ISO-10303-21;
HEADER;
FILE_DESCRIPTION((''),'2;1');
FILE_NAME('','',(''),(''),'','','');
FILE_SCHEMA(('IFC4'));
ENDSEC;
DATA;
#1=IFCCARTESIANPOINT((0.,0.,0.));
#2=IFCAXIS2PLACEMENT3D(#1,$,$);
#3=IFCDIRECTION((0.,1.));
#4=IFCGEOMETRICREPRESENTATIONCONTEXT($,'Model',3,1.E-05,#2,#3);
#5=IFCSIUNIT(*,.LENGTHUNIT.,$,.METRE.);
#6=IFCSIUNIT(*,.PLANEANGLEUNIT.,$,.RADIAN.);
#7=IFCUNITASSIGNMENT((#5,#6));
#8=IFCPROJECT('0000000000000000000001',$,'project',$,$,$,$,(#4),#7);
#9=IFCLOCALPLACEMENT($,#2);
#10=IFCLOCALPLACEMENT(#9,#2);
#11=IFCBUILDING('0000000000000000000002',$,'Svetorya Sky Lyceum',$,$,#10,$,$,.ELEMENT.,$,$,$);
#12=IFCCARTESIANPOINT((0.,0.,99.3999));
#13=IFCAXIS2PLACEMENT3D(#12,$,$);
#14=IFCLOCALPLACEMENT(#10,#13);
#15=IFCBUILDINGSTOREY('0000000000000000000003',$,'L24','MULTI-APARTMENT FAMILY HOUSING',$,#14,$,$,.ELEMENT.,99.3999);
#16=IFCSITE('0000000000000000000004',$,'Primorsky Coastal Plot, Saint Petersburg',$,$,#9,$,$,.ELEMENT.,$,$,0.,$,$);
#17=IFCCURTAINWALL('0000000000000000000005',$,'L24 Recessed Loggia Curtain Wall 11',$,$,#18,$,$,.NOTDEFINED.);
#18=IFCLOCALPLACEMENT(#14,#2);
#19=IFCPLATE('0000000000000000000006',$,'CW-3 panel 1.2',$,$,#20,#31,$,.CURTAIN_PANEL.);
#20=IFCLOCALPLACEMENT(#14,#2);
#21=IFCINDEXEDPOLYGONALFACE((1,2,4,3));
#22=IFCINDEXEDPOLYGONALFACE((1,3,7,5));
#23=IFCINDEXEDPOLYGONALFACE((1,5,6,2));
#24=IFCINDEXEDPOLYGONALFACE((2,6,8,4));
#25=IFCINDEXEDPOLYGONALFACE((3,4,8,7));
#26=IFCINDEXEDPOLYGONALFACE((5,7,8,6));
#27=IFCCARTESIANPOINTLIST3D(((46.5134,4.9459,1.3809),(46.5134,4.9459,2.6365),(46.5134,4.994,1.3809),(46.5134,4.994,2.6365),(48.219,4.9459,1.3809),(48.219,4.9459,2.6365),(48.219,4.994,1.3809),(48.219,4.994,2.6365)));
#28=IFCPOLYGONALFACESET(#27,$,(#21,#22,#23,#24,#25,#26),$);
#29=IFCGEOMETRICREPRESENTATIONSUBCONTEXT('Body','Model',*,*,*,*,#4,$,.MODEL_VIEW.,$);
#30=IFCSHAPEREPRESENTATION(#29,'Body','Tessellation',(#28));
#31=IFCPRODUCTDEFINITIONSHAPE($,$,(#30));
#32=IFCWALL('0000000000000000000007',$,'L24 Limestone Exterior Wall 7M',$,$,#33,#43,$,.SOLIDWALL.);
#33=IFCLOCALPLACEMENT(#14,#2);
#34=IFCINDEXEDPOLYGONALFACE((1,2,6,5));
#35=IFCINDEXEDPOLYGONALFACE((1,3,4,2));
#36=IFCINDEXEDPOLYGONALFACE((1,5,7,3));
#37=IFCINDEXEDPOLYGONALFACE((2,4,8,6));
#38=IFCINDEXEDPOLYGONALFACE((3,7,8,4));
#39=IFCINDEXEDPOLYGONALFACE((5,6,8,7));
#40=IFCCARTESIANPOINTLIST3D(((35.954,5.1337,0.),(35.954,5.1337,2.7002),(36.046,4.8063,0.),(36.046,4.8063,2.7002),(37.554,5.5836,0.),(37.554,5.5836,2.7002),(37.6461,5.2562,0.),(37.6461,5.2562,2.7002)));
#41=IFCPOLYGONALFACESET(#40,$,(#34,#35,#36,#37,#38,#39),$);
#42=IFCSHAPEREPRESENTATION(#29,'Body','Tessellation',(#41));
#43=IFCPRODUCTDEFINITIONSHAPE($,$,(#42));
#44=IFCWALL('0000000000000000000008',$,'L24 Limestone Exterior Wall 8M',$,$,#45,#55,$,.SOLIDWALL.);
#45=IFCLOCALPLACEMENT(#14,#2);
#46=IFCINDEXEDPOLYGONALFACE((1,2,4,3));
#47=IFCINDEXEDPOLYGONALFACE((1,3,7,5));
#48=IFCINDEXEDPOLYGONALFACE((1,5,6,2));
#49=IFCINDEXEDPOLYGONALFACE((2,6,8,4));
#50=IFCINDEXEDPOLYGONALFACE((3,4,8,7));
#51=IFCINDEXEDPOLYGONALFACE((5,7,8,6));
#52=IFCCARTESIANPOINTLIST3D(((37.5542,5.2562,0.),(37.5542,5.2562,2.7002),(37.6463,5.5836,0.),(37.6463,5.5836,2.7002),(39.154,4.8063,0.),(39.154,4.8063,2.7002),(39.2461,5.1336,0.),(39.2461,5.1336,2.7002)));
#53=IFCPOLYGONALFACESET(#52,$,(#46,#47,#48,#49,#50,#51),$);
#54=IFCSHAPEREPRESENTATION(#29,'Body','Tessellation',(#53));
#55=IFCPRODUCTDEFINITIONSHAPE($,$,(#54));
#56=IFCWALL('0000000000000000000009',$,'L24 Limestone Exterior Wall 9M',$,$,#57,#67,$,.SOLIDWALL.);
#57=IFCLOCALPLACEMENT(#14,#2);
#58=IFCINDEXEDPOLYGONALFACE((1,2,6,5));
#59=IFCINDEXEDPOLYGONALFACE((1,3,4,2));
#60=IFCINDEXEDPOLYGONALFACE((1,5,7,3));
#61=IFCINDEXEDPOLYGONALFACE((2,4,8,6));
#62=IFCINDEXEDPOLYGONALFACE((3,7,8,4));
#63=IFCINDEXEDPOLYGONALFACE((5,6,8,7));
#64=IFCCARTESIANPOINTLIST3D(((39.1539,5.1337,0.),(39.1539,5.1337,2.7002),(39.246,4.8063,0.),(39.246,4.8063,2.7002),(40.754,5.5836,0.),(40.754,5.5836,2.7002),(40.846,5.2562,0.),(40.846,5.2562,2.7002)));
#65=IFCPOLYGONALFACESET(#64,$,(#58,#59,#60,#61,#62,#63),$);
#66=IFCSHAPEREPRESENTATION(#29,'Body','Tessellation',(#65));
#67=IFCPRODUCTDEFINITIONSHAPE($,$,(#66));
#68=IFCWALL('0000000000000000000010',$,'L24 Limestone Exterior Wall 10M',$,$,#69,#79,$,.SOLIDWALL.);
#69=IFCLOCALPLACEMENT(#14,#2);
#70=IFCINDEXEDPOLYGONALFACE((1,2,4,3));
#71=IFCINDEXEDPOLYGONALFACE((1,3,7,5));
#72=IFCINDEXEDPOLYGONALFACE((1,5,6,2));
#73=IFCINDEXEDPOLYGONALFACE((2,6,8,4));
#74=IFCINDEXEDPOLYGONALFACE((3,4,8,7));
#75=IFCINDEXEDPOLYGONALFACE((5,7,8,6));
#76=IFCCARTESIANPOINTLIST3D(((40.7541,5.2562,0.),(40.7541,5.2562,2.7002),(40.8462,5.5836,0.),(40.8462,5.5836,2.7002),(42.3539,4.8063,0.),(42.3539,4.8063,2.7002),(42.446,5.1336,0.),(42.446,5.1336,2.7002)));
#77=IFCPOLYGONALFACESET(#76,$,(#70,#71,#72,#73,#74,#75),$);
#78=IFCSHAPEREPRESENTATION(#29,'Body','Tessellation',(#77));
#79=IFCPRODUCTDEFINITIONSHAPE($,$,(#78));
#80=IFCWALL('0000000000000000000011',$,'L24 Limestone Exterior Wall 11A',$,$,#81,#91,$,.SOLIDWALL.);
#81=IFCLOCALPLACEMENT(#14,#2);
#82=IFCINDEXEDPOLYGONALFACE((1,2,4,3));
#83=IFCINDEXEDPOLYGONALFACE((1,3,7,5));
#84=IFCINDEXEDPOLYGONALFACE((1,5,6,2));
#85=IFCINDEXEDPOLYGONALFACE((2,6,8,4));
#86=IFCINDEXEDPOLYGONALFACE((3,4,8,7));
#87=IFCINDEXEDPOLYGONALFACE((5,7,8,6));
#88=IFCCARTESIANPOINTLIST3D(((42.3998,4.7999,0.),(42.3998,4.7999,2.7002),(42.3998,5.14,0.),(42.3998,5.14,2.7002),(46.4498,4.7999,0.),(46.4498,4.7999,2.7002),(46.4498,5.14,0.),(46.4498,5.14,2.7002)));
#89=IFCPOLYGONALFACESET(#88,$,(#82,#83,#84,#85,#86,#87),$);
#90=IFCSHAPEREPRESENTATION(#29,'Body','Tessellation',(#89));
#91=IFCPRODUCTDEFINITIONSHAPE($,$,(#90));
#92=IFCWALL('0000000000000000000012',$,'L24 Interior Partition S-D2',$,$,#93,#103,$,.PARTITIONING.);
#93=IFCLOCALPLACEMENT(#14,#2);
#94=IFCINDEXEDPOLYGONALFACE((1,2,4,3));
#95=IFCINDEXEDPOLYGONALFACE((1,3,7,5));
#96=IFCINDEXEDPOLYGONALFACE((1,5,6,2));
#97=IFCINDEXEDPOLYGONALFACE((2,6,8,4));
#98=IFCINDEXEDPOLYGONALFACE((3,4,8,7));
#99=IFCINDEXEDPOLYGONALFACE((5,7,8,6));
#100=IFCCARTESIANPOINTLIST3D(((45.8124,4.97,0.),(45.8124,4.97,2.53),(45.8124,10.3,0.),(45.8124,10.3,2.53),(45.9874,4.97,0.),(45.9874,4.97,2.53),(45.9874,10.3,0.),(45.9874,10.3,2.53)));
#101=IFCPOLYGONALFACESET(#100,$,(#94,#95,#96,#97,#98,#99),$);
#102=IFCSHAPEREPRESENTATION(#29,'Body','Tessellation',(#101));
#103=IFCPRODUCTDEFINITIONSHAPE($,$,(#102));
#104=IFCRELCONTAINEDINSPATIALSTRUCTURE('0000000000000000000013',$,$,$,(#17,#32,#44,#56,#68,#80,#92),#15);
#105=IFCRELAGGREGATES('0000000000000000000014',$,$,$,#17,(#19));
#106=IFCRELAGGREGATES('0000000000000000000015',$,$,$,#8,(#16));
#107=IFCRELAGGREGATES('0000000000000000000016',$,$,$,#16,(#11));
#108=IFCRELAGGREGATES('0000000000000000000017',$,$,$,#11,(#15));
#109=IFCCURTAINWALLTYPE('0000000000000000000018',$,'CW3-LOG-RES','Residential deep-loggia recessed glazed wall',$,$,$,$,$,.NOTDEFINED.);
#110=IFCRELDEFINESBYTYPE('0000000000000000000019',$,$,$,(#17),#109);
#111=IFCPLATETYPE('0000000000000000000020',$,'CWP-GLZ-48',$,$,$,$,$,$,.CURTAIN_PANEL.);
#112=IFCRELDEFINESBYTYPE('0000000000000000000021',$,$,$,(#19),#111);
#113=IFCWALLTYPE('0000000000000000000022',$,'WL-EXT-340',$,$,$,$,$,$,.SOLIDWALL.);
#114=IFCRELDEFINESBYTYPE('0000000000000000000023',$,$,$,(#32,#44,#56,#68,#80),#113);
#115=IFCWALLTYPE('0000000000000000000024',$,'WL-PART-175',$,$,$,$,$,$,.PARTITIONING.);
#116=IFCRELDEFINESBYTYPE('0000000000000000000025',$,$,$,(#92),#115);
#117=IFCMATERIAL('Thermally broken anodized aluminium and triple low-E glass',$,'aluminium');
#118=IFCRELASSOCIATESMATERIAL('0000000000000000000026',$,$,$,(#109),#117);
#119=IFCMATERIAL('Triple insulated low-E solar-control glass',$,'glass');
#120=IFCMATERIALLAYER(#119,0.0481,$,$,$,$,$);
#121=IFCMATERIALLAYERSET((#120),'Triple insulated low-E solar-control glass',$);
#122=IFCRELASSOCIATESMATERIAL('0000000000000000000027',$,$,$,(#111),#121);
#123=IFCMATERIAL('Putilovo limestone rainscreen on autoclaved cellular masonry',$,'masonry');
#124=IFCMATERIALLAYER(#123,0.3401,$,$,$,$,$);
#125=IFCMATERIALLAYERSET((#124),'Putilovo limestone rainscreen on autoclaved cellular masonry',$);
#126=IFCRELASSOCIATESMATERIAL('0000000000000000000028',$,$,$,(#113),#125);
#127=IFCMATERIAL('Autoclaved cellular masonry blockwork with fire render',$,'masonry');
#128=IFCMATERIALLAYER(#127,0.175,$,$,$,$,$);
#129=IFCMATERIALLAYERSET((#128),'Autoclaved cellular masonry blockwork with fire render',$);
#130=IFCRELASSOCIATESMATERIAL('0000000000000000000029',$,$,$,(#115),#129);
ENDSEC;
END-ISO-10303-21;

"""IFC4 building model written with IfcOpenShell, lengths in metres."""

from ifc_helpers import new_model, si_unit, direction, frame, frame_2d, origin, origin_2d, place, context, subcontext, project, spatial, rectangle, extrude, material, layer, layer_set, type_object, element, aggregate, save


model = new_model("IFC4")

# Units and contexts
model_context = context("Model", 3, precision=1e-05, world=origin(), true_north=direction((0.0, 1.0)))
body_context = subcontext(model_context, "Body", "Model", "MODEL_VIEW")
ifc_project = project(units=[si_unit("LENGTHUNIT", "METRE"), si_unit("PLANEANGLEUNIT", "RADIAN")], contexts=[model_context])

# Site, building, storey
site_placement = place(None, origin())
site = spatial("IfcSite", under=ifc_project, at=site_placement, Name="Primorsky Coastal Plot, Saint Petersburg", CompositionType="ELEMENT", RefElevation=0.0)
building_placement = place(site_placement, origin())
building = spatial("IfcBuilding", under=site, at=building_placement, Name="Svetorya Sky Lyceum", CompositionType="ELEMENT")
storey_placement = place(building_placement, frame((0.0, 0.0, 99.3999)))
storey = spatial("IfcBuildingStorey", under=building, at=storey_placement, Name="L24", Description="MULTI-APARTMENT FAMILY HOUSING", CompositionType="ELEMENT", Elevation=99.3999)

# Curtain wall, plate
ifc_material_1 = material(Name="Thermally broken anodized aluminium and triple low-E glass", Category="aluminium")
curtain_wall_type = type_object("IfcCurtainWallType", Name="CW3-LOG-RES", Description="Residential deep-loggia recessed glazed wall", PredefinedType="NOTDEFINED", material=ifc_material_1)
curtain_wall_placement = place(storey_placement, origin())
curtain_wall = element("IfcCurtainWall", 1, at=curtain_wall_placement, inside=storey, type_object=curtain_wall_type, Name="L24 Recessed Loggia Curtain Wall 11", PredefinedType="NOTDEFINED")
ifc_material_2 = material(Name="Triple insulated low-E solar-control glass", Category="glass")
ifc_layer_1 = layer(ifc_material_2, 0.0481)
ifc_layer_set_1 = layer_set([ifc_layer_1], Name="Triple insulated low-E solar-control glass")
plate_type = type_object("IfcPlateType", Name="CWP-GLZ-48", PredefinedType="CURTAIN_PANEL", material=ifc_layer_set_1)
plate_1_placement = place(storey_placement, frame((47.3662, 4.97, 1.3809), z_axis=(0.0, 0.0, 1.0), x_axis=(1.0, 0.0, 0.0)))
plate_1 = element("IfcPlate", 2, at=plate_1_placement, type_object=plate_type, Name="CW-3 panel 1.2", PredefinedType="CURTAIN_PANEL", context=body_context, shape_type="SweptSolid", body=[
    extrude(rectangle(XDim=1.7056, YDim=0.0481, at=origin_2d()), origin(), (0.0, 0.0, 1.0), 1.2556),
])
aggregate(curtain_wall, [plate_1])

# Walls
ifc_material_3 = material(Name="Putilovo limestone rainscreen on autoclaved cellular masonry", Category="masonry")
ifc_layer_2 = layer(ifc_material_3, 0.3401)
ifc_layer_set_2 = layer_set([ifc_layer_2], Name="Putilovo limestone rainscreen on autoclaved cellular masonry")
wall_type_1 = type_object("IfcWallType", Name="WL-EXT-340", PredefinedType="SOLIDWALL", material=ifc_layer_set_2)
wall_1_placement = place(storey_placement, frame((36.0, 4.97, 0.0), z_axis=(0.0, 0.0, 1.0), x_axis=(0.962663, 0.270703, 0.0)))
element("IfcWall", 3, at=wall_1_placement, inside=storey, type_object=wall_type_1, Name="L24 Limestone Exterior Wall 7M", PredefinedType="SOLIDWALL", context=body_context, shape_type="SweptSolid", body=[
    extrude(rectangle(XDim=1.6621, YDim=0.3401, at=frame_2d((0.8311, 0.0))), origin(), (0.0, 0.0, 1.0), 2.7002),
])
wall_2_placement = place(storey_placement, frame((37.6001, 5.4199, 0.0), z_axis=(0.0, 0.0, 1.0), x_axis=(0.962652, -0.270741, 0.0)))
element("IfcWall", 4, at=wall_2_placement, inside=storey, type_object=wall_type_1, Name="L24 Limestone Exterior Wall 8M", PredefinedType="SOLIDWALL", context=body_context, shape_type="SweptSolid", body=[
    extrude(rectangle(XDim=1.6619, YDim=0.3401, at=frame_2d((0.8311, 0.0))), origin(), (0.0, 0.0, 1.0), 2.7002),
])
wall_3_placement = place(storey_placement, frame((39.2, 4.97, 0.0), z_axis=(0.0, 0.0, 1.0), x_axis=(0.962663, 0.270703, 0.0)))
element("IfcWall", 5, at=wall_3_placement, inside=storey, type_object=wall_type_1, Name="L24 Limestone Exterior Wall 9M", PredefinedType="SOLIDWALL", context=body_context, shape_type="SweptSolid", body=[
    extrude(rectangle(XDim=1.6621, YDim=0.3401, at=frame_2d((0.8311, 0.0))), origin(), (0.0, 0.0, 1.0), 2.7002),
])
wall_4_placement = place(storey_placement, frame((40.8, 5.4199, 0.0), z_axis=(0.0, 0.0, 1.0), x_axis=(0.962652, -0.270741, 0.0)))
element("IfcWall", 6, at=wall_4_placement, inside=storey, type_object=wall_type_1, Name="L24 Limestone Exterior Wall 10M", PredefinedType="SOLIDWALL", context=body_context, shape_type="SweptSolid", body=[
    extrude(rectangle(XDim=1.6619, YDim=0.3401, at=frame_2d((0.8311, 0.0))), origin(), (0.0, 0.0, 1.0), 2.7002),
])
wall_5_placement = place(storey_placement, frame((42.3999, 4.97, 0.0), z_axis=(0.0, 0.0, 1.0), x_axis=(1.0, 0.0, 0.0)))
element("IfcWall", 7, at=wall_5_placement, inside=storey, type_object=wall_type_1, Name="L24 Limestone Exterior Wall 11A", PredefinedType="SOLIDWALL", context=body_context, shape_type="SweptSolid", body=[
    extrude(rectangle(XDim=4.05, YDim=0.3401, at=frame_2d((2.0249, 0.0))), origin(), (0.0, 0.0, 1.0), 2.7002),
])
ifc_material_4 = material(Name="Autoclaved cellular masonry blockwork with fire render", Category="masonry")
ifc_layer_3 = layer(ifc_material_4, 0.175)
ifc_layer_set_3 = layer_set([ifc_layer_3], Name="Autoclaved cellular masonry blockwork with fire render")
wall_type_2 = type_object("IfcWallType", Name="WL-PART-175", PredefinedType="PARTITIONING", material=ifc_layer_set_3)
wall_6_placement = place(storey_placement, frame((45.8999, 4.97, 0.0), z_axis=(0.0, 0.0, 1.0), x_axis=(0.0, 1.0, 0.0)))
element("IfcWall", 8, at=wall_6_placement, inside=storey, type_object=wall_type_2, Name="L24 Interior Partition S-D2", PredefinedType="PARTITIONING", context=body_context, shape_type="SweptSolid", body=[
    extrude(rectangle(XDim=5.3301, YDim=0.175, at=frame_2d((2.665, 0.0))), origin(), (0.0, 0.0, 1.0), 2.53),
])

save(model, "model.ifc")
